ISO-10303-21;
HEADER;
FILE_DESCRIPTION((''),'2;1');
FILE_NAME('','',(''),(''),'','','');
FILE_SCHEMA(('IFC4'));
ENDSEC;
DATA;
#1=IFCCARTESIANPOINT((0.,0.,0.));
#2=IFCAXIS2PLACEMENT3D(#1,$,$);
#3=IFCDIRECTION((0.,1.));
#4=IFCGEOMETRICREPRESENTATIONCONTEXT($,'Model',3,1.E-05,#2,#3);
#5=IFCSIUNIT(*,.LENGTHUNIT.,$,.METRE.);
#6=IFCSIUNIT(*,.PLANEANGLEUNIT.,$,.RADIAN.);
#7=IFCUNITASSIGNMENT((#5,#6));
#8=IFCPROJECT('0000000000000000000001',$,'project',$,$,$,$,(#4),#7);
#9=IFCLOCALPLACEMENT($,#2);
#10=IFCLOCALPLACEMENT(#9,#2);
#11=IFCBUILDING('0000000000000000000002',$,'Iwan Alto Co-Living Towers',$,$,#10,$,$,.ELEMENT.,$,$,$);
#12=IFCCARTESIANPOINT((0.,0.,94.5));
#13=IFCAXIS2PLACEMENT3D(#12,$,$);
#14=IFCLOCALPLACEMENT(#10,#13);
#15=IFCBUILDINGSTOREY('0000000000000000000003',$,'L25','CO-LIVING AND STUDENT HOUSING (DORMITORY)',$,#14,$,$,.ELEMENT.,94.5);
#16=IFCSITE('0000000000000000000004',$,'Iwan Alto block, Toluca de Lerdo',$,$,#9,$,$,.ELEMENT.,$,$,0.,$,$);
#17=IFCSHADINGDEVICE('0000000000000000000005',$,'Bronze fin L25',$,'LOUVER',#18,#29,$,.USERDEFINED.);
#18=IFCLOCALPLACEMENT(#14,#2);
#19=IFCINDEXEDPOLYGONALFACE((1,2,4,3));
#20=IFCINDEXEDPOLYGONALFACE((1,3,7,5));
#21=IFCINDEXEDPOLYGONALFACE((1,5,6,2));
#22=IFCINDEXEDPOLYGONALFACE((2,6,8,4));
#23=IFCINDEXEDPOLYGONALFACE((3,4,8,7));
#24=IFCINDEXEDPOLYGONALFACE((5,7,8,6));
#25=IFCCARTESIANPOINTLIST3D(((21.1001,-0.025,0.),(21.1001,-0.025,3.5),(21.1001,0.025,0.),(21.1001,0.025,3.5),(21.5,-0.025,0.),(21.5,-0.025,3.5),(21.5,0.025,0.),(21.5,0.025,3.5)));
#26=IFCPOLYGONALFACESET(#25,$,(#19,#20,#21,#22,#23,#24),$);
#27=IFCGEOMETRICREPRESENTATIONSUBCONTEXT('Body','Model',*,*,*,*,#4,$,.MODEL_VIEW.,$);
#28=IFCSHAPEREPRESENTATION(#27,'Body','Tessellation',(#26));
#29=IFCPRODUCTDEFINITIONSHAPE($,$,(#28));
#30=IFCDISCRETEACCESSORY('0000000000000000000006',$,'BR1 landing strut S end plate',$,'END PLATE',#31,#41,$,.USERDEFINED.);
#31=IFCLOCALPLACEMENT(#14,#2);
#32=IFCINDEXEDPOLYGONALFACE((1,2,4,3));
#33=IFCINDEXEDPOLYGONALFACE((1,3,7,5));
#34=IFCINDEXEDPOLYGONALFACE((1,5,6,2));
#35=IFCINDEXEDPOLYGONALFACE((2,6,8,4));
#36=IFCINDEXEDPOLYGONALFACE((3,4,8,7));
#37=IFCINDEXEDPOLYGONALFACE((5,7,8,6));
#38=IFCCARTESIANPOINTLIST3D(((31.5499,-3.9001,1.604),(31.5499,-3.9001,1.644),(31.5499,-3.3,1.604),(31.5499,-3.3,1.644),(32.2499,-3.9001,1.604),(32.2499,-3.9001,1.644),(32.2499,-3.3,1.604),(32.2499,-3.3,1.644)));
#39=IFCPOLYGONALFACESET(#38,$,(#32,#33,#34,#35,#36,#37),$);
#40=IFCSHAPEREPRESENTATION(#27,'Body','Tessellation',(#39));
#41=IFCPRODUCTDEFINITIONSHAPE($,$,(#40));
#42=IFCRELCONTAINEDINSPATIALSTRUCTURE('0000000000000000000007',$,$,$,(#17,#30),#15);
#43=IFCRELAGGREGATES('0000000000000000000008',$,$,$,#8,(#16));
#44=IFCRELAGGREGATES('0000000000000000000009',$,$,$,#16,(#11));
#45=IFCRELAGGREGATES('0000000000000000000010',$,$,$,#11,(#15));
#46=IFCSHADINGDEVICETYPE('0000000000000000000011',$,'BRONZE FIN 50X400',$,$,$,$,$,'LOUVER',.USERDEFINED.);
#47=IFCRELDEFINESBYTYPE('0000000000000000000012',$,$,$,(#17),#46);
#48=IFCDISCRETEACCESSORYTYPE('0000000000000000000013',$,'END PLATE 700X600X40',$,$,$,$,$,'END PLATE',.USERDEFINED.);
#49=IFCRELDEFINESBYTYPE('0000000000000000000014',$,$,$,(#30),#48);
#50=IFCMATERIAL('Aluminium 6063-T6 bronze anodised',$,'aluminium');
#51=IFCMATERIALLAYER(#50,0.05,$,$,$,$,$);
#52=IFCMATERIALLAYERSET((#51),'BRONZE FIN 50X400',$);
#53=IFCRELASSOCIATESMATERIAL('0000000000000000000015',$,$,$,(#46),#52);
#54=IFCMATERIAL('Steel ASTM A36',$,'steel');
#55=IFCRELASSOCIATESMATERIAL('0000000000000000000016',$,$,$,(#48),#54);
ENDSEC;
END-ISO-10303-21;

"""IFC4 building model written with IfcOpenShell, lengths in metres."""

from ifc_helpers import new_model, si_unit, direction, frame, origin, origin_2d, place, context, subcontext, project, spatial, rectangle, extrude, material, layer, layer_set, type_object, element, save


model = new_model("IFC4")

# Units and contexts
model_context = context("Model", 3, precision=1e-05, world=origin(), true_north=direction((0.0, 1.0)))
body_context = subcontext(model_context, "Body", "Model", "MODEL_VIEW")
ifc_project = project(units=[si_unit("LENGTHUNIT", "METRE"), si_unit("PLANEANGLEUNIT", "RADIAN")], contexts=[model_context])

# Site, building, storey
site_placement = place(None, origin())
site = spatial("IfcSite", under=ifc_project, at=site_placement, Name="Iwan Alto block, Toluca de Lerdo", CompositionType="ELEMENT", RefElevation=0.0)
building_placement = place(site_placement, origin())
building = spatial("IfcBuilding", under=site, at=building_placement, Name="Iwan Alto Co-Living Towers", CompositionType="ELEMENT")
storey_placement = place(building_placement, frame((0.0, 0.0, 94.5)))
storey = spatial("IfcBuildingStorey", under=building, at=storey_placement, Name="L25", Description="CO-LIVING AND STUDENT HOUSING (DORMITORY)", CompositionType="ELEMENT", Elevation=94.5)

# Shading device
ifc_material_1 = material(Name="Aluminium 6063-T6 bronze anodised", Category="aluminium")
ifc_layer_1 = layer(ifc_material_1, 0.05)
ifc_layer_set_1 = layer_set([ifc_layer_1], Name="BRONZE FIN 50X400")
shading_device_type = type_object("IfcShadingDeviceType", Name="BRONZE FIN 50X400", ElementType="LOUVER", PredefinedType="USERDEFINED", material=ifc_layer_set_1)
for number, where, z_axis, x_axis, name in (
    (1, (21.3, 0.0, 0.0), (0.0, 0.0, 1.0), (0.0, 1.0, 0.0), "Bronze fin L25"),
):
    element("IfcShadingDevice", number, at=place(storey_placement, frame(where, z_axis=z_axis, x_axis=x_axis)), inside=storey, type_object=shading_device_type, Name=name, ObjectType="LOUVER", PredefinedType="USERDEFINED", context=body_context, shape_type="SweptSolid", body=[
        extrude(rectangle(XDim=0.05, YDim=0.3999, at=origin_2d()), origin(), (0.0, 0.0, 1.0), 3.5),
    ])

# Discrete accessory
ifc_material_2 = material(Name="Steel ASTM A36", Category="steel")
discrete_accessory_type = type_object("IfcDiscreteAccessoryType", Name="END PLATE 700X600X40", ElementType="END PLATE", PredefinedType="USERDEFINED", material=ifc_material_2)
discrete_accessory_placement = place(storey_placement, frame((31.8999, -3.6001, 1.604), z_axis=(0.0, 0.0, 1.0), x_axis=(1.0, 0.0, 0.0)))
element("IfcDiscreteAccessory", 2, at=discrete_accessory_placement, inside=storey, type_object=discrete_accessory_type, Name="BR1 landing strut S end plate", ObjectType="END PLATE", PredefinedType="USERDEFINED", context=body_context, shape_type="SweptSolid", body=[
    extrude(rectangle(XDim=0.7, YDim=0.6001, at=origin_2d()), origin(), (0.0, 0.0, 1.0), 0.04),
])

save(model, "model.ifc")
